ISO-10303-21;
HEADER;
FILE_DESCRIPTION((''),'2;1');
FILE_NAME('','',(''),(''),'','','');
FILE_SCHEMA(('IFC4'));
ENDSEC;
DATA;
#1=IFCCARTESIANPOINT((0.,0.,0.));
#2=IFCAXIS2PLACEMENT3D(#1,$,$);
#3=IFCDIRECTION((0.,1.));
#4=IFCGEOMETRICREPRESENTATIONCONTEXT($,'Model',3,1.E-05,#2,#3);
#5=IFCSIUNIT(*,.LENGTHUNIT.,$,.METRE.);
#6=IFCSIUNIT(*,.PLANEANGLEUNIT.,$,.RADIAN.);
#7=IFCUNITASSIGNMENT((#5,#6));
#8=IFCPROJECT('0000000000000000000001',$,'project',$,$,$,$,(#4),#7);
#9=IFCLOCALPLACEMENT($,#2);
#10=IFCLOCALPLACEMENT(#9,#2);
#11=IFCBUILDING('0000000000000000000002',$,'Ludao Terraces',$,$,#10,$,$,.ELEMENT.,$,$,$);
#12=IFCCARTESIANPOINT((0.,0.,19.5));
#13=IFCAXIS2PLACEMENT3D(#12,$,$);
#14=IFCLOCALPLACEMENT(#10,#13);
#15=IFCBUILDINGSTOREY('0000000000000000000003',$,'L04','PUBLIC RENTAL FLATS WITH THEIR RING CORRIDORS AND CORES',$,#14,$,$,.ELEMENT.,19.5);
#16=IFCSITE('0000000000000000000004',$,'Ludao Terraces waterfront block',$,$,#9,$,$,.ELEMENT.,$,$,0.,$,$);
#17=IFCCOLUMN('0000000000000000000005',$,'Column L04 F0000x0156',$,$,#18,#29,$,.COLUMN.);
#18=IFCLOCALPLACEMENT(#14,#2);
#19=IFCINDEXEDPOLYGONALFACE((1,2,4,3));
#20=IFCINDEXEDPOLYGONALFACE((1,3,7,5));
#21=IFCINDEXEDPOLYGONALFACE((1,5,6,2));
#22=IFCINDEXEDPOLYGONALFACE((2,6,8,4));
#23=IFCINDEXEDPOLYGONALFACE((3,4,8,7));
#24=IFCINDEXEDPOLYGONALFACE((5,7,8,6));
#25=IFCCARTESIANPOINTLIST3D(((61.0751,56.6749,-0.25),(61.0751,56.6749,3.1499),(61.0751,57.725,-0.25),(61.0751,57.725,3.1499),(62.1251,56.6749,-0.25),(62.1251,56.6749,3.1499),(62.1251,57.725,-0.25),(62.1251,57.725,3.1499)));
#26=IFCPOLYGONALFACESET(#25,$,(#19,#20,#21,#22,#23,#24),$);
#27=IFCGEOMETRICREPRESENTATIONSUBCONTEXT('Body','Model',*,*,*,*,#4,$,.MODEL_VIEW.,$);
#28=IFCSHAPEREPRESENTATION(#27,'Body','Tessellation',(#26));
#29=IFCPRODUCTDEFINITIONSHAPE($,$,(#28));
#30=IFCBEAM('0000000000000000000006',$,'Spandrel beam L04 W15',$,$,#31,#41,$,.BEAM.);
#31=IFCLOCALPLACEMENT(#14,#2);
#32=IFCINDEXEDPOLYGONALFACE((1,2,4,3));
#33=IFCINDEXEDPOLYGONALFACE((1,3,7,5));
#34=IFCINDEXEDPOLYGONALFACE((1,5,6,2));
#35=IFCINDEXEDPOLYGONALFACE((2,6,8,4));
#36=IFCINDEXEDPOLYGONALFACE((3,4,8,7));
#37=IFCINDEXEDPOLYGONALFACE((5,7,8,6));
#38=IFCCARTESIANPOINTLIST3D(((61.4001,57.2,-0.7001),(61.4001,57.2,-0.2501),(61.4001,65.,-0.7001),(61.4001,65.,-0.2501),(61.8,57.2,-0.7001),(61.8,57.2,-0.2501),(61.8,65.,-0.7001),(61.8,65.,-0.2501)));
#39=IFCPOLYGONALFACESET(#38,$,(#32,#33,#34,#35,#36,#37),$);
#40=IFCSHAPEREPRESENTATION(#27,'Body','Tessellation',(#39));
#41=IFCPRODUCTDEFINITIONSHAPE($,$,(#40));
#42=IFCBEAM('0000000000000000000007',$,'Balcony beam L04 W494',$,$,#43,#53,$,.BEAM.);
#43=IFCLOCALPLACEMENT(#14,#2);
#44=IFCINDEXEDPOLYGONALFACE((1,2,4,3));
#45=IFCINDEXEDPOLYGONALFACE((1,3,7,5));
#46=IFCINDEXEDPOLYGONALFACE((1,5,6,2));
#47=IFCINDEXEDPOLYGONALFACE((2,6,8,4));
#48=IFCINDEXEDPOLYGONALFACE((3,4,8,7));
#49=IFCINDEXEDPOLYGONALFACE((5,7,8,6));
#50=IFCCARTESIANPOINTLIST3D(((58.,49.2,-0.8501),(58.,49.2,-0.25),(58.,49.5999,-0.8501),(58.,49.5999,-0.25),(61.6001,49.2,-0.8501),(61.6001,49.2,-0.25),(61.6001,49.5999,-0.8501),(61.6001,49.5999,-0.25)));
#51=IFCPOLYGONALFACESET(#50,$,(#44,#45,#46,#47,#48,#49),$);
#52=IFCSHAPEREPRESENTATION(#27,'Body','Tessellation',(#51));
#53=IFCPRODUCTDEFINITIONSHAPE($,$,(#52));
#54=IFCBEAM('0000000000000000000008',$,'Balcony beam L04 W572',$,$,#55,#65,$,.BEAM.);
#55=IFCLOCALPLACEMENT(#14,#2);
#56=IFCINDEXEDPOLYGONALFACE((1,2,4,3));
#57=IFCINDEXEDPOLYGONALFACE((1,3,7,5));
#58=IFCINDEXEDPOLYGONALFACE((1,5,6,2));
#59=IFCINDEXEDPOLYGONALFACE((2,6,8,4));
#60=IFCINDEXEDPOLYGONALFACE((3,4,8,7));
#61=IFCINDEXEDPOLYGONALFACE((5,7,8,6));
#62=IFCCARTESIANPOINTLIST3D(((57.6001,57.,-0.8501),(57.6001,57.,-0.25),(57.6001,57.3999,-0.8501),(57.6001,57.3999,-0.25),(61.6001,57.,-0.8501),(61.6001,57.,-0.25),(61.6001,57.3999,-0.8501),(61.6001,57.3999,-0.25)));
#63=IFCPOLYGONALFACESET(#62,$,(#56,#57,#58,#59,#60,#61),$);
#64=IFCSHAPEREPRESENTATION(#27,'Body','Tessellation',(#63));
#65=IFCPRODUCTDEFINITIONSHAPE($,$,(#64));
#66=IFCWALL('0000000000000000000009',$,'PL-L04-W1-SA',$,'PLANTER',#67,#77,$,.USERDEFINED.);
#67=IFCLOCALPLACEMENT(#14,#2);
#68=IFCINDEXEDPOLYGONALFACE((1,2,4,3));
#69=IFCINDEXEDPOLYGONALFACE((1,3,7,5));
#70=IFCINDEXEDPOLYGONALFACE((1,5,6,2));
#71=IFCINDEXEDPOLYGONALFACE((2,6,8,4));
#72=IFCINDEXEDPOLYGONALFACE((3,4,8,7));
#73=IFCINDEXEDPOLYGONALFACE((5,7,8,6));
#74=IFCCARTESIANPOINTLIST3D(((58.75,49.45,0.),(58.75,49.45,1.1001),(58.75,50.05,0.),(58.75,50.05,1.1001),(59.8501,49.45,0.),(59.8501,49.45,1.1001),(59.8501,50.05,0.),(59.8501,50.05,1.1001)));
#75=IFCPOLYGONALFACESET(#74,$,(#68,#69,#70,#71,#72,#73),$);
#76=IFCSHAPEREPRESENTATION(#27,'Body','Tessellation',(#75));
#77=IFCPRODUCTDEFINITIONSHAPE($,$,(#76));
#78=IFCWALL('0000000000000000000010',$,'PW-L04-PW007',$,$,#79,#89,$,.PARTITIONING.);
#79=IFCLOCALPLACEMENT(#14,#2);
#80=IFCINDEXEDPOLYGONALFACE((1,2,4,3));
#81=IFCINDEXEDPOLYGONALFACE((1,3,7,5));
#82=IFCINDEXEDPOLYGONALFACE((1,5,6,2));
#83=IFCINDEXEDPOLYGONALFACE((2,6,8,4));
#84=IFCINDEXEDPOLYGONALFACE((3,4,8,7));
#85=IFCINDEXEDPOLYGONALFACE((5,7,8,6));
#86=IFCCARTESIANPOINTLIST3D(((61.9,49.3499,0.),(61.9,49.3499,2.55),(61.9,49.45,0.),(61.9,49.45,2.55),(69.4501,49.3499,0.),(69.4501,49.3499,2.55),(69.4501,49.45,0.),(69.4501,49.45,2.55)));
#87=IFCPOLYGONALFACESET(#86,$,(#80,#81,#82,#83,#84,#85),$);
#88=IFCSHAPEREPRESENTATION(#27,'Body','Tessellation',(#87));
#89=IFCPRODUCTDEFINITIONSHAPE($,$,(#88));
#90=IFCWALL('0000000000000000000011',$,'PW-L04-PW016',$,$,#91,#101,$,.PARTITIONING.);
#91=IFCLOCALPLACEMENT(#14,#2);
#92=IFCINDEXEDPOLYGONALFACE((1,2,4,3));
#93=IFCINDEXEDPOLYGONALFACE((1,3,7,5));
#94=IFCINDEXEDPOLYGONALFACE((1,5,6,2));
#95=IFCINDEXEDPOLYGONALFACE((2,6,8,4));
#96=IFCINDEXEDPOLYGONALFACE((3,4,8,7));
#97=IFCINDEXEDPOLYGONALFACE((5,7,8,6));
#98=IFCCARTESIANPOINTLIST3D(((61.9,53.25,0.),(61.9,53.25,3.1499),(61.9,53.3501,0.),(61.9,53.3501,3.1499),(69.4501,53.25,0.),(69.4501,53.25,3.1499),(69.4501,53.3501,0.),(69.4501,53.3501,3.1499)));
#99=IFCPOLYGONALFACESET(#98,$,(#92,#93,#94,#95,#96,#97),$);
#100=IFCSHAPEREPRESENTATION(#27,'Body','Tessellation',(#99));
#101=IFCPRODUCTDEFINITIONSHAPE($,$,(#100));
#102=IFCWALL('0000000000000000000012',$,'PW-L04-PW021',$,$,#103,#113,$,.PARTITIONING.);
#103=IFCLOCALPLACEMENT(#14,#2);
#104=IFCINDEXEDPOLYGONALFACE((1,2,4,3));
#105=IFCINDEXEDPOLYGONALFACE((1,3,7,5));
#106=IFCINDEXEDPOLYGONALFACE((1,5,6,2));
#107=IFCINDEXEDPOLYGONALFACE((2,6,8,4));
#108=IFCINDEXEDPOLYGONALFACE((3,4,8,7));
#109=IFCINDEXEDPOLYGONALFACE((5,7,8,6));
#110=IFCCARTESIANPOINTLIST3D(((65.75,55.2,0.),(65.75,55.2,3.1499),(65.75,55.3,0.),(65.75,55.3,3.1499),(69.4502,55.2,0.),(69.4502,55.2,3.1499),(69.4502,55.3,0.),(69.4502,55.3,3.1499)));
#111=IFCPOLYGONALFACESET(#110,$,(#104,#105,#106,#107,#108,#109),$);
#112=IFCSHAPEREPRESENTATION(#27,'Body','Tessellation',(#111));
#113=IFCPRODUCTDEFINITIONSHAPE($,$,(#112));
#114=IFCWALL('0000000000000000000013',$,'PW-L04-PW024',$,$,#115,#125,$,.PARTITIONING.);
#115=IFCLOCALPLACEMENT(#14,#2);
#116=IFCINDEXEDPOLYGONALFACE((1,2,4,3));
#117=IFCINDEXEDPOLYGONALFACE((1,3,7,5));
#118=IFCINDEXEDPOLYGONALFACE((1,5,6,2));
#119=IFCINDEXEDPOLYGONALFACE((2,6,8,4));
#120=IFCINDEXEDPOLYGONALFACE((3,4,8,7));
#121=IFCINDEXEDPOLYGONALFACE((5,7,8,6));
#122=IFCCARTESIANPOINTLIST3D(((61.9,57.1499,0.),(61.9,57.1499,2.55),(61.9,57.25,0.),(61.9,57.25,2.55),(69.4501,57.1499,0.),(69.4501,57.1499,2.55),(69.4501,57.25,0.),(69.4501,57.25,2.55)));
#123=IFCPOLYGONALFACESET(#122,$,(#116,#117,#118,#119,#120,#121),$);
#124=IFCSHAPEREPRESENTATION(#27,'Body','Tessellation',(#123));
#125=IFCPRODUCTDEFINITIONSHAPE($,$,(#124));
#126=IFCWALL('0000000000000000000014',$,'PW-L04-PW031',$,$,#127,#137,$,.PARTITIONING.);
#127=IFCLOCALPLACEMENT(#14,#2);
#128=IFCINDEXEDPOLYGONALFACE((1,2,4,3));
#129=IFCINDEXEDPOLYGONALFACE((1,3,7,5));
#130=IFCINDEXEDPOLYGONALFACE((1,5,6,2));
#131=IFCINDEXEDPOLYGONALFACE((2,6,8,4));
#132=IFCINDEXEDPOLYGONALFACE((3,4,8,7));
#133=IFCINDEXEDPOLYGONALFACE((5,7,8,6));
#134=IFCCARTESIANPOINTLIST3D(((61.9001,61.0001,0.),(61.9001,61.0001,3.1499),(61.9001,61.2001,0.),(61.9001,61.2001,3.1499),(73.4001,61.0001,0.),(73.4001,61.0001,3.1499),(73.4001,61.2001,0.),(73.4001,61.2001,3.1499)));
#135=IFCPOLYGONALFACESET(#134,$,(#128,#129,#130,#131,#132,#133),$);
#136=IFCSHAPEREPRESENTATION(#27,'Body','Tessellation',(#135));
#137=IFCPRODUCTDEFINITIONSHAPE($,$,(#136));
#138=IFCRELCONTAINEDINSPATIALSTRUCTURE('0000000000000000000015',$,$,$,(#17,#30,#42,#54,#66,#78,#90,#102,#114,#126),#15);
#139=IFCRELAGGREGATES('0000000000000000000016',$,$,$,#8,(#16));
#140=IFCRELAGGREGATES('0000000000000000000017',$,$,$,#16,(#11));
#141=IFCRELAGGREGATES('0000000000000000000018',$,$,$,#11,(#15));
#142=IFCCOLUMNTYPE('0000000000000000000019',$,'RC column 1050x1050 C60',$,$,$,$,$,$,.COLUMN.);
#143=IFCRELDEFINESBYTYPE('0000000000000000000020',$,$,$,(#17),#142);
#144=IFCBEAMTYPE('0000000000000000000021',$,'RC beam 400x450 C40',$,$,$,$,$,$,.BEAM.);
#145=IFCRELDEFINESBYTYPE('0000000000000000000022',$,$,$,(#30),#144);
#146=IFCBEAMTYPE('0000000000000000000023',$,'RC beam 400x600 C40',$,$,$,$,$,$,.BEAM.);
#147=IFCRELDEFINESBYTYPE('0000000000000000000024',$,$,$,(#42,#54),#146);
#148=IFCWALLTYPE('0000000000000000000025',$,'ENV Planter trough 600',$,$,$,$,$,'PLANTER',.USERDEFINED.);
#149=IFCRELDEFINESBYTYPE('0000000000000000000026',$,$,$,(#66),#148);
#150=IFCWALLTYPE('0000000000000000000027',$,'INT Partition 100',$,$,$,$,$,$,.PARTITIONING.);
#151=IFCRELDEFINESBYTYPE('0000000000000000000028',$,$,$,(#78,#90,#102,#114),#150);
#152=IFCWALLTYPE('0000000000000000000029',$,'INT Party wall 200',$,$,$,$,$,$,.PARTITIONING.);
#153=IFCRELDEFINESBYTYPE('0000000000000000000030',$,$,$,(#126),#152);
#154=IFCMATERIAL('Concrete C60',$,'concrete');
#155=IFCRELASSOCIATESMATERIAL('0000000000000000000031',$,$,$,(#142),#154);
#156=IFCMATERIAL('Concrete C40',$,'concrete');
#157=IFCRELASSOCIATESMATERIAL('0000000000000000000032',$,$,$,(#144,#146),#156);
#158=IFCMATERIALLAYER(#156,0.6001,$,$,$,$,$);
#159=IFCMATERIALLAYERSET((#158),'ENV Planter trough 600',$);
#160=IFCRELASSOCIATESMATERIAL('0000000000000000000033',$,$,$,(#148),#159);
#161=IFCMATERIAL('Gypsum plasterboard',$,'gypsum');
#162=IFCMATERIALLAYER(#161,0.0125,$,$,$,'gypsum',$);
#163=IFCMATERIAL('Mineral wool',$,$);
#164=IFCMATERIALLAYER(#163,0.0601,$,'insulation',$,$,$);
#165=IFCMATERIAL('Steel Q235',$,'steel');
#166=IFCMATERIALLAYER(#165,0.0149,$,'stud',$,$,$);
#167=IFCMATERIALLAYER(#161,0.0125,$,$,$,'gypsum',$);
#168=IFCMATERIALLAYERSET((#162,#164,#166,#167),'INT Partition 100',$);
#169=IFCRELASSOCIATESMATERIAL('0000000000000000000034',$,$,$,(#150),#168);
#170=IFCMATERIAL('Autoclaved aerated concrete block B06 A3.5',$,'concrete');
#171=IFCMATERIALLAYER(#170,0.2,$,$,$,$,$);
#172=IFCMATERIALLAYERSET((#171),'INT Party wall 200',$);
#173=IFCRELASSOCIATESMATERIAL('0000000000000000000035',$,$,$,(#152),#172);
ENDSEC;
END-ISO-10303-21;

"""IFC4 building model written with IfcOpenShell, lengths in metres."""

from ifc_helpers import new_model, si_unit, direction, frame, frame_2d, origin, origin_2d, place, context, subcontext, project, spatial, rectangle, extrude, material, layer, layer_set, material_profile, profile_set, type_object, element, save


model = new_model("IFC4")

# Units and contexts
model_context = context("Model", 3, precision=1e-05, world=origin(), true_north=direction((0.0, 1.0)))
body_context = subcontext(model_context, "Body", "Model", "MODEL_VIEW")
ifc_project = project(units=[si_unit("LENGTHUNIT", "METRE"), si_unit("PLANEANGLEUNIT", "RADIAN")], contexts=[model_context])

# Site, building, storey
site_placement = place(None, origin())
site = spatial("IfcSite", under=ifc_project, at=site_placement, Name="Ludao Terraces waterfront block", CompositionType="ELEMENT", RefElevation=0.0)
building_placement = place(site_placement, origin())
building = spatial("IfcBuilding", under=site, at=building_placement, Name="Ludao Terraces", CompositionType="ELEMENT")
storey_placement = place(building_placement, frame((0.0, 0.0, 19.5)))
storey = spatial("IfcBuildingStorey", under=building, at=storey_placement, Name="L04", Description="PUBLIC RENTAL FLATS WITH THEIR RING CORRIDORS AND CORES", CompositionType="ELEMENT", Elevation=19.5)

# Column
ifc_material_1 = material(Name="Concrete C60", Category="concrete")
ifc_material_profile_1 = material_profile(ifc_material_1, rectangle(XDim=1.05, YDim=1.05, at=origin_2d()), Name="1050 X 1050")
ifc_profile_set_1 = profile_set([ifc_material_profile_1], Name="Concrete C60")
column_type = type_object("IfcColumnType", Name="RC column 1050x1050 C60", PredefinedType="COLUMN", material=ifc_profile_set_1)
column_placement = place(storey_placement, frame((61.6001, 57.2, -0.25), z_axis=(0.0, 0.0, 1.0), x_axis=(1.0, 0.0, 0.0)))
element("IfcColumn", 1, at=column_placement, inside=storey, type_object=column_type, Name="Column L04 F0000x0156", PredefinedType="COLUMN", context=body_context, shape_type="SweptSolid", body=[
    extrude(rectangle(XDim=1.05, YDim=1.05, at=origin_2d()), origin(), (0.0, 0.0, 1.0), 3.3999),
])

# Beams
ifc_material_2 = material(Name="Concrete C40", Category="concrete")
ifc_material_profile_2 = material_profile(ifc_material_2, rectangle(XDim=0.3999, YDim=0.45, at=origin_2d()), Name="400 X 450")
ifc_profile_set_2 = profile_set([ifc_material_profile_2], Name="Concrete C40")
beam_type_1 = type_object("IfcBeamType", Name="RC beam 400x450 C40", PredefinedType="BEAM", material=ifc_profile_set_2)
beam_1_placement = place(storey_placement, frame((61.6001, 57.2, -0.4751), z_axis=(0.0, 1.0, 0.0), x_axis=(-1.0, 0.0, 0.0)))
element("IfcBeam", 2, at=beam_1_placement, inside=storey, type_object=beam_type_1, Name="Spandrel beam L04 W15", PredefinedType="BEAM", context=body_context, shape_type="SweptSolid", body=[
    extrude(rectangle(XDim=0.3999, YDim=0.45, at=origin_2d()), origin(), (0.0, 0.0, 1.0), 7.8),
])
ifc_material_profile_3 = material_profile(ifc_material_2, rectangle(XDim=0.3999, YDim=0.6001, at=origin_2d()), Name="400 X 600")
ifc_profile_set_3 = profile_set([ifc_material_profile_3], Name="Concrete C40")
beam_type_2 = type_object("IfcBeamType", Name="RC beam 400x600 C40", PredefinedType="BEAM", material=ifc_profile_set_3)
beam_2_placement = place(storey_placement, frame((61.6001, 49.3999, -0.55), z_axis=(-1.0, 0.0, 0.0), x_axis=(0.0, -1.0, 0.0)))
element("IfcBeam", 3, at=beam_2_placement, inside=storey, type_object=beam_type_2, Name="Balcony beam L04 W494", PredefinedType="BEAM", context=body_context, shape_type="SweptSolid", body=[
    extrude(rectangle(XDim=0.3999, YDim=0.6001, at=origin_2d()), origin(), (0.0, 0.0, 1.0), 3.6001),
])
beam_3_placement = place(storey_placement, frame((61.6001, 57.2, -0.55), z_axis=(-1.0, 0.0, 0.0), x_axis=(0.0, -1.0, 0.0)))
element("IfcBeam", 4, at=beam_3_placement, inside=storey, type_object=beam_type_2, Name="Balcony beam L04 W572", PredefinedType="BEAM", context=body_context, shape_type="SweptSolid", body=[
    extrude(rectangle(XDim=0.3999, YDim=0.6001, at=origin_2d()), origin(), (0.0, 0.0, 1.0), 4.0),
])

# Wall
ifc_layer_1 = layer(ifc_material_2, 0.6001)
ifc_layer_set_1 = layer_set([ifc_layer_1], Name="ENV Planter trough 600")
wall_type_1 = type_object("IfcWallType", Name="ENV Planter trough 600", ElementType="PLANTER", PredefinedType="USERDEFINED", material=ifc_layer_set_1)
wall_1_placement = place(storey_placement, frame((58.75, 49.75, 0.0), z_axis=(0.0, 0.0, 1.0), x_axis=(1.0, 0.0, 0.0)))
element("IfcWall", 5, at=wall_1_placement, inside=storey, type_object=wall_type_1, Name="PL-L04-W1-SA", ObjectType="PLANTER", PredefinedType="USERDEFINED", context=body_context, shape_type="SweptSolid", body=[
    extrude(rectangle(XDim=1.1001, YDim=0.6001, at=frame_2d((0.55, 0.0))), origin(), (0.0, 0.0, 1.0), 1.1001),
])

# Shared definitions
ifc_material_3 = material(Name="Mineral wool")

# Walls
ifc_material_4 = material(Name="Gypsum plasterboard", Category="gypsum")
ifc_layer_2 = layer(ifc_material_4, 0.0125, Category="gypsum")
ifc_layer_3 = layer(ifc_material_3, 0.0601, Name="insulation")
ifc_material_5 = material(Name="Steel Q235", Category="steel")
ifc_layer_4 = layer(ifc_material_5, 0.0149, Name="stud")
ifc_layer_5 = layer(ifc_material_4, 0.0125, Category="gypsum")
ifc_layer_set_2 = layer_set([ifc_layer_2, ifc_layer_3, ifc_layer_4, ifc_layer_5], Name="INT Partition 100")
wall_type_2 = type_object("IfcWallType", Name="INT Partition 100", PredefinedType="PARTITIONING", material=ifc_layer_set_2)
wall_2_placement = place(storey_placement, frame((61.9001, 49.3999, 0.0), z_axis=(0.0, 0.0, 1.0), x_axis=(1.0, 0.0, 0.0)))
element("IfcWall", 6, at=wall_2_placement, inside=storey, type_object=wall_type_2, Name="PW-L04-PW007", PredefinedType="PARTITIONING", context=body_context, shape_type="SweptSolid", body=[
    extrude(rectangle(XDim=7.55, YDim=0.1001, at=frame_2d((3.7749, 0.0))), origin(), (0.0, 0.0, 1.0), 2.55),
])
wall_3_placement = place(storey_placement, frame((61.9001, 53.3, 0.0), z_axis=(0.0, 0.0, 1.0), x_axis=(1.0, 0.0, 0.0)))
element("IfcWall", 7, at=wall_3_placement, inside=storey, type_object=wall_type_2, Name="PW-L04-PW016", PredefinedType="PARTITIONING", context=body_context, shape_type="SweptSolid", body=[
    extrude(rectangle(XDim=7.55, YDim=0.1001, at=frame_2d((3.7749, 0.0))), origin(), (0.0, 0.0, 1.0), 3.1499),
])
wall_4_placement = place(storey_placement, frame((65.75, 55.25, 0.0), z_axis=(0.0, 0.0, 1.0), x_axis=(1.0, 0.0, 0.0)))
element("IfcWall", 8, at=wall_4_placement, inside=storey, type_object=wall_type_2, Name="PW-L04-PW021", PredefinedType="PARTITIONING", context=body_context, shape_type="SweptSolid", body=[
    extrude(rectangle(XDim=3.7002, YDim=0.1001, at=frame_2d((1.8501, 0.0))), origin(), (0.0, 0.0, 1.0), 3.1499),
])
wall_5_placement = place(storey_placement, frame((61.9001, 57.2, 0.0), z_axis=(0.0, 0.0, 1.0), x_axis=(1.0, 0.0, 0.0)))
element("IfcWall", 9, at=wall_5_placement, inside=storey, type_object=wall_type_2, Name="PW-L04-PW024", PredefinedType="PARTITIONING", context=body_context, shape_type="SweptSolid", body=[
    extrude(rectangle(XDim=7.55, YDim=0.1001, at=frame_2d((3.7749, 0.0))), origin(), (0.0, 0.0, 1.0), 2.55),
])
ifc_material_6 = material(Name="Autoclaved aerated concrete block B06 A3.5", Category="concrete")
ifc_layer_6 = layer(ifc_material_6, 0.2)
ifc_layer_set_3 = layer_set([ifc_layer_6], Name="INT Party wall 200")
wall_type_3 = type_object("IfcWallType", Name="INT Party wall 200", PredefinedType="PARTITIONING", material=ifc_layer_set_3)
wall_6_placement = place(storey_placement, frame((61.9001, 61.1001, 0.0), z_axis=(0.0, 0.0, 1.0), x_axis=(1.0, 0.0, 0.0)))
element("IfcWall", 10, at=wall_6_placement, inside=storey, type_object=wall_type_3, Name="PW-L04-PW031", PredefinedType="PARTITIONING", context=body_context, shape_type="SweptSolid", body=[
    extrude(rectangle(XDim=11.5, YDim=0.2, at=frame_2d((5.75, 0.0))), origin(), (0.0, 0.0, 1.0), 3.1499),
])

save(model, "model.ifc")
